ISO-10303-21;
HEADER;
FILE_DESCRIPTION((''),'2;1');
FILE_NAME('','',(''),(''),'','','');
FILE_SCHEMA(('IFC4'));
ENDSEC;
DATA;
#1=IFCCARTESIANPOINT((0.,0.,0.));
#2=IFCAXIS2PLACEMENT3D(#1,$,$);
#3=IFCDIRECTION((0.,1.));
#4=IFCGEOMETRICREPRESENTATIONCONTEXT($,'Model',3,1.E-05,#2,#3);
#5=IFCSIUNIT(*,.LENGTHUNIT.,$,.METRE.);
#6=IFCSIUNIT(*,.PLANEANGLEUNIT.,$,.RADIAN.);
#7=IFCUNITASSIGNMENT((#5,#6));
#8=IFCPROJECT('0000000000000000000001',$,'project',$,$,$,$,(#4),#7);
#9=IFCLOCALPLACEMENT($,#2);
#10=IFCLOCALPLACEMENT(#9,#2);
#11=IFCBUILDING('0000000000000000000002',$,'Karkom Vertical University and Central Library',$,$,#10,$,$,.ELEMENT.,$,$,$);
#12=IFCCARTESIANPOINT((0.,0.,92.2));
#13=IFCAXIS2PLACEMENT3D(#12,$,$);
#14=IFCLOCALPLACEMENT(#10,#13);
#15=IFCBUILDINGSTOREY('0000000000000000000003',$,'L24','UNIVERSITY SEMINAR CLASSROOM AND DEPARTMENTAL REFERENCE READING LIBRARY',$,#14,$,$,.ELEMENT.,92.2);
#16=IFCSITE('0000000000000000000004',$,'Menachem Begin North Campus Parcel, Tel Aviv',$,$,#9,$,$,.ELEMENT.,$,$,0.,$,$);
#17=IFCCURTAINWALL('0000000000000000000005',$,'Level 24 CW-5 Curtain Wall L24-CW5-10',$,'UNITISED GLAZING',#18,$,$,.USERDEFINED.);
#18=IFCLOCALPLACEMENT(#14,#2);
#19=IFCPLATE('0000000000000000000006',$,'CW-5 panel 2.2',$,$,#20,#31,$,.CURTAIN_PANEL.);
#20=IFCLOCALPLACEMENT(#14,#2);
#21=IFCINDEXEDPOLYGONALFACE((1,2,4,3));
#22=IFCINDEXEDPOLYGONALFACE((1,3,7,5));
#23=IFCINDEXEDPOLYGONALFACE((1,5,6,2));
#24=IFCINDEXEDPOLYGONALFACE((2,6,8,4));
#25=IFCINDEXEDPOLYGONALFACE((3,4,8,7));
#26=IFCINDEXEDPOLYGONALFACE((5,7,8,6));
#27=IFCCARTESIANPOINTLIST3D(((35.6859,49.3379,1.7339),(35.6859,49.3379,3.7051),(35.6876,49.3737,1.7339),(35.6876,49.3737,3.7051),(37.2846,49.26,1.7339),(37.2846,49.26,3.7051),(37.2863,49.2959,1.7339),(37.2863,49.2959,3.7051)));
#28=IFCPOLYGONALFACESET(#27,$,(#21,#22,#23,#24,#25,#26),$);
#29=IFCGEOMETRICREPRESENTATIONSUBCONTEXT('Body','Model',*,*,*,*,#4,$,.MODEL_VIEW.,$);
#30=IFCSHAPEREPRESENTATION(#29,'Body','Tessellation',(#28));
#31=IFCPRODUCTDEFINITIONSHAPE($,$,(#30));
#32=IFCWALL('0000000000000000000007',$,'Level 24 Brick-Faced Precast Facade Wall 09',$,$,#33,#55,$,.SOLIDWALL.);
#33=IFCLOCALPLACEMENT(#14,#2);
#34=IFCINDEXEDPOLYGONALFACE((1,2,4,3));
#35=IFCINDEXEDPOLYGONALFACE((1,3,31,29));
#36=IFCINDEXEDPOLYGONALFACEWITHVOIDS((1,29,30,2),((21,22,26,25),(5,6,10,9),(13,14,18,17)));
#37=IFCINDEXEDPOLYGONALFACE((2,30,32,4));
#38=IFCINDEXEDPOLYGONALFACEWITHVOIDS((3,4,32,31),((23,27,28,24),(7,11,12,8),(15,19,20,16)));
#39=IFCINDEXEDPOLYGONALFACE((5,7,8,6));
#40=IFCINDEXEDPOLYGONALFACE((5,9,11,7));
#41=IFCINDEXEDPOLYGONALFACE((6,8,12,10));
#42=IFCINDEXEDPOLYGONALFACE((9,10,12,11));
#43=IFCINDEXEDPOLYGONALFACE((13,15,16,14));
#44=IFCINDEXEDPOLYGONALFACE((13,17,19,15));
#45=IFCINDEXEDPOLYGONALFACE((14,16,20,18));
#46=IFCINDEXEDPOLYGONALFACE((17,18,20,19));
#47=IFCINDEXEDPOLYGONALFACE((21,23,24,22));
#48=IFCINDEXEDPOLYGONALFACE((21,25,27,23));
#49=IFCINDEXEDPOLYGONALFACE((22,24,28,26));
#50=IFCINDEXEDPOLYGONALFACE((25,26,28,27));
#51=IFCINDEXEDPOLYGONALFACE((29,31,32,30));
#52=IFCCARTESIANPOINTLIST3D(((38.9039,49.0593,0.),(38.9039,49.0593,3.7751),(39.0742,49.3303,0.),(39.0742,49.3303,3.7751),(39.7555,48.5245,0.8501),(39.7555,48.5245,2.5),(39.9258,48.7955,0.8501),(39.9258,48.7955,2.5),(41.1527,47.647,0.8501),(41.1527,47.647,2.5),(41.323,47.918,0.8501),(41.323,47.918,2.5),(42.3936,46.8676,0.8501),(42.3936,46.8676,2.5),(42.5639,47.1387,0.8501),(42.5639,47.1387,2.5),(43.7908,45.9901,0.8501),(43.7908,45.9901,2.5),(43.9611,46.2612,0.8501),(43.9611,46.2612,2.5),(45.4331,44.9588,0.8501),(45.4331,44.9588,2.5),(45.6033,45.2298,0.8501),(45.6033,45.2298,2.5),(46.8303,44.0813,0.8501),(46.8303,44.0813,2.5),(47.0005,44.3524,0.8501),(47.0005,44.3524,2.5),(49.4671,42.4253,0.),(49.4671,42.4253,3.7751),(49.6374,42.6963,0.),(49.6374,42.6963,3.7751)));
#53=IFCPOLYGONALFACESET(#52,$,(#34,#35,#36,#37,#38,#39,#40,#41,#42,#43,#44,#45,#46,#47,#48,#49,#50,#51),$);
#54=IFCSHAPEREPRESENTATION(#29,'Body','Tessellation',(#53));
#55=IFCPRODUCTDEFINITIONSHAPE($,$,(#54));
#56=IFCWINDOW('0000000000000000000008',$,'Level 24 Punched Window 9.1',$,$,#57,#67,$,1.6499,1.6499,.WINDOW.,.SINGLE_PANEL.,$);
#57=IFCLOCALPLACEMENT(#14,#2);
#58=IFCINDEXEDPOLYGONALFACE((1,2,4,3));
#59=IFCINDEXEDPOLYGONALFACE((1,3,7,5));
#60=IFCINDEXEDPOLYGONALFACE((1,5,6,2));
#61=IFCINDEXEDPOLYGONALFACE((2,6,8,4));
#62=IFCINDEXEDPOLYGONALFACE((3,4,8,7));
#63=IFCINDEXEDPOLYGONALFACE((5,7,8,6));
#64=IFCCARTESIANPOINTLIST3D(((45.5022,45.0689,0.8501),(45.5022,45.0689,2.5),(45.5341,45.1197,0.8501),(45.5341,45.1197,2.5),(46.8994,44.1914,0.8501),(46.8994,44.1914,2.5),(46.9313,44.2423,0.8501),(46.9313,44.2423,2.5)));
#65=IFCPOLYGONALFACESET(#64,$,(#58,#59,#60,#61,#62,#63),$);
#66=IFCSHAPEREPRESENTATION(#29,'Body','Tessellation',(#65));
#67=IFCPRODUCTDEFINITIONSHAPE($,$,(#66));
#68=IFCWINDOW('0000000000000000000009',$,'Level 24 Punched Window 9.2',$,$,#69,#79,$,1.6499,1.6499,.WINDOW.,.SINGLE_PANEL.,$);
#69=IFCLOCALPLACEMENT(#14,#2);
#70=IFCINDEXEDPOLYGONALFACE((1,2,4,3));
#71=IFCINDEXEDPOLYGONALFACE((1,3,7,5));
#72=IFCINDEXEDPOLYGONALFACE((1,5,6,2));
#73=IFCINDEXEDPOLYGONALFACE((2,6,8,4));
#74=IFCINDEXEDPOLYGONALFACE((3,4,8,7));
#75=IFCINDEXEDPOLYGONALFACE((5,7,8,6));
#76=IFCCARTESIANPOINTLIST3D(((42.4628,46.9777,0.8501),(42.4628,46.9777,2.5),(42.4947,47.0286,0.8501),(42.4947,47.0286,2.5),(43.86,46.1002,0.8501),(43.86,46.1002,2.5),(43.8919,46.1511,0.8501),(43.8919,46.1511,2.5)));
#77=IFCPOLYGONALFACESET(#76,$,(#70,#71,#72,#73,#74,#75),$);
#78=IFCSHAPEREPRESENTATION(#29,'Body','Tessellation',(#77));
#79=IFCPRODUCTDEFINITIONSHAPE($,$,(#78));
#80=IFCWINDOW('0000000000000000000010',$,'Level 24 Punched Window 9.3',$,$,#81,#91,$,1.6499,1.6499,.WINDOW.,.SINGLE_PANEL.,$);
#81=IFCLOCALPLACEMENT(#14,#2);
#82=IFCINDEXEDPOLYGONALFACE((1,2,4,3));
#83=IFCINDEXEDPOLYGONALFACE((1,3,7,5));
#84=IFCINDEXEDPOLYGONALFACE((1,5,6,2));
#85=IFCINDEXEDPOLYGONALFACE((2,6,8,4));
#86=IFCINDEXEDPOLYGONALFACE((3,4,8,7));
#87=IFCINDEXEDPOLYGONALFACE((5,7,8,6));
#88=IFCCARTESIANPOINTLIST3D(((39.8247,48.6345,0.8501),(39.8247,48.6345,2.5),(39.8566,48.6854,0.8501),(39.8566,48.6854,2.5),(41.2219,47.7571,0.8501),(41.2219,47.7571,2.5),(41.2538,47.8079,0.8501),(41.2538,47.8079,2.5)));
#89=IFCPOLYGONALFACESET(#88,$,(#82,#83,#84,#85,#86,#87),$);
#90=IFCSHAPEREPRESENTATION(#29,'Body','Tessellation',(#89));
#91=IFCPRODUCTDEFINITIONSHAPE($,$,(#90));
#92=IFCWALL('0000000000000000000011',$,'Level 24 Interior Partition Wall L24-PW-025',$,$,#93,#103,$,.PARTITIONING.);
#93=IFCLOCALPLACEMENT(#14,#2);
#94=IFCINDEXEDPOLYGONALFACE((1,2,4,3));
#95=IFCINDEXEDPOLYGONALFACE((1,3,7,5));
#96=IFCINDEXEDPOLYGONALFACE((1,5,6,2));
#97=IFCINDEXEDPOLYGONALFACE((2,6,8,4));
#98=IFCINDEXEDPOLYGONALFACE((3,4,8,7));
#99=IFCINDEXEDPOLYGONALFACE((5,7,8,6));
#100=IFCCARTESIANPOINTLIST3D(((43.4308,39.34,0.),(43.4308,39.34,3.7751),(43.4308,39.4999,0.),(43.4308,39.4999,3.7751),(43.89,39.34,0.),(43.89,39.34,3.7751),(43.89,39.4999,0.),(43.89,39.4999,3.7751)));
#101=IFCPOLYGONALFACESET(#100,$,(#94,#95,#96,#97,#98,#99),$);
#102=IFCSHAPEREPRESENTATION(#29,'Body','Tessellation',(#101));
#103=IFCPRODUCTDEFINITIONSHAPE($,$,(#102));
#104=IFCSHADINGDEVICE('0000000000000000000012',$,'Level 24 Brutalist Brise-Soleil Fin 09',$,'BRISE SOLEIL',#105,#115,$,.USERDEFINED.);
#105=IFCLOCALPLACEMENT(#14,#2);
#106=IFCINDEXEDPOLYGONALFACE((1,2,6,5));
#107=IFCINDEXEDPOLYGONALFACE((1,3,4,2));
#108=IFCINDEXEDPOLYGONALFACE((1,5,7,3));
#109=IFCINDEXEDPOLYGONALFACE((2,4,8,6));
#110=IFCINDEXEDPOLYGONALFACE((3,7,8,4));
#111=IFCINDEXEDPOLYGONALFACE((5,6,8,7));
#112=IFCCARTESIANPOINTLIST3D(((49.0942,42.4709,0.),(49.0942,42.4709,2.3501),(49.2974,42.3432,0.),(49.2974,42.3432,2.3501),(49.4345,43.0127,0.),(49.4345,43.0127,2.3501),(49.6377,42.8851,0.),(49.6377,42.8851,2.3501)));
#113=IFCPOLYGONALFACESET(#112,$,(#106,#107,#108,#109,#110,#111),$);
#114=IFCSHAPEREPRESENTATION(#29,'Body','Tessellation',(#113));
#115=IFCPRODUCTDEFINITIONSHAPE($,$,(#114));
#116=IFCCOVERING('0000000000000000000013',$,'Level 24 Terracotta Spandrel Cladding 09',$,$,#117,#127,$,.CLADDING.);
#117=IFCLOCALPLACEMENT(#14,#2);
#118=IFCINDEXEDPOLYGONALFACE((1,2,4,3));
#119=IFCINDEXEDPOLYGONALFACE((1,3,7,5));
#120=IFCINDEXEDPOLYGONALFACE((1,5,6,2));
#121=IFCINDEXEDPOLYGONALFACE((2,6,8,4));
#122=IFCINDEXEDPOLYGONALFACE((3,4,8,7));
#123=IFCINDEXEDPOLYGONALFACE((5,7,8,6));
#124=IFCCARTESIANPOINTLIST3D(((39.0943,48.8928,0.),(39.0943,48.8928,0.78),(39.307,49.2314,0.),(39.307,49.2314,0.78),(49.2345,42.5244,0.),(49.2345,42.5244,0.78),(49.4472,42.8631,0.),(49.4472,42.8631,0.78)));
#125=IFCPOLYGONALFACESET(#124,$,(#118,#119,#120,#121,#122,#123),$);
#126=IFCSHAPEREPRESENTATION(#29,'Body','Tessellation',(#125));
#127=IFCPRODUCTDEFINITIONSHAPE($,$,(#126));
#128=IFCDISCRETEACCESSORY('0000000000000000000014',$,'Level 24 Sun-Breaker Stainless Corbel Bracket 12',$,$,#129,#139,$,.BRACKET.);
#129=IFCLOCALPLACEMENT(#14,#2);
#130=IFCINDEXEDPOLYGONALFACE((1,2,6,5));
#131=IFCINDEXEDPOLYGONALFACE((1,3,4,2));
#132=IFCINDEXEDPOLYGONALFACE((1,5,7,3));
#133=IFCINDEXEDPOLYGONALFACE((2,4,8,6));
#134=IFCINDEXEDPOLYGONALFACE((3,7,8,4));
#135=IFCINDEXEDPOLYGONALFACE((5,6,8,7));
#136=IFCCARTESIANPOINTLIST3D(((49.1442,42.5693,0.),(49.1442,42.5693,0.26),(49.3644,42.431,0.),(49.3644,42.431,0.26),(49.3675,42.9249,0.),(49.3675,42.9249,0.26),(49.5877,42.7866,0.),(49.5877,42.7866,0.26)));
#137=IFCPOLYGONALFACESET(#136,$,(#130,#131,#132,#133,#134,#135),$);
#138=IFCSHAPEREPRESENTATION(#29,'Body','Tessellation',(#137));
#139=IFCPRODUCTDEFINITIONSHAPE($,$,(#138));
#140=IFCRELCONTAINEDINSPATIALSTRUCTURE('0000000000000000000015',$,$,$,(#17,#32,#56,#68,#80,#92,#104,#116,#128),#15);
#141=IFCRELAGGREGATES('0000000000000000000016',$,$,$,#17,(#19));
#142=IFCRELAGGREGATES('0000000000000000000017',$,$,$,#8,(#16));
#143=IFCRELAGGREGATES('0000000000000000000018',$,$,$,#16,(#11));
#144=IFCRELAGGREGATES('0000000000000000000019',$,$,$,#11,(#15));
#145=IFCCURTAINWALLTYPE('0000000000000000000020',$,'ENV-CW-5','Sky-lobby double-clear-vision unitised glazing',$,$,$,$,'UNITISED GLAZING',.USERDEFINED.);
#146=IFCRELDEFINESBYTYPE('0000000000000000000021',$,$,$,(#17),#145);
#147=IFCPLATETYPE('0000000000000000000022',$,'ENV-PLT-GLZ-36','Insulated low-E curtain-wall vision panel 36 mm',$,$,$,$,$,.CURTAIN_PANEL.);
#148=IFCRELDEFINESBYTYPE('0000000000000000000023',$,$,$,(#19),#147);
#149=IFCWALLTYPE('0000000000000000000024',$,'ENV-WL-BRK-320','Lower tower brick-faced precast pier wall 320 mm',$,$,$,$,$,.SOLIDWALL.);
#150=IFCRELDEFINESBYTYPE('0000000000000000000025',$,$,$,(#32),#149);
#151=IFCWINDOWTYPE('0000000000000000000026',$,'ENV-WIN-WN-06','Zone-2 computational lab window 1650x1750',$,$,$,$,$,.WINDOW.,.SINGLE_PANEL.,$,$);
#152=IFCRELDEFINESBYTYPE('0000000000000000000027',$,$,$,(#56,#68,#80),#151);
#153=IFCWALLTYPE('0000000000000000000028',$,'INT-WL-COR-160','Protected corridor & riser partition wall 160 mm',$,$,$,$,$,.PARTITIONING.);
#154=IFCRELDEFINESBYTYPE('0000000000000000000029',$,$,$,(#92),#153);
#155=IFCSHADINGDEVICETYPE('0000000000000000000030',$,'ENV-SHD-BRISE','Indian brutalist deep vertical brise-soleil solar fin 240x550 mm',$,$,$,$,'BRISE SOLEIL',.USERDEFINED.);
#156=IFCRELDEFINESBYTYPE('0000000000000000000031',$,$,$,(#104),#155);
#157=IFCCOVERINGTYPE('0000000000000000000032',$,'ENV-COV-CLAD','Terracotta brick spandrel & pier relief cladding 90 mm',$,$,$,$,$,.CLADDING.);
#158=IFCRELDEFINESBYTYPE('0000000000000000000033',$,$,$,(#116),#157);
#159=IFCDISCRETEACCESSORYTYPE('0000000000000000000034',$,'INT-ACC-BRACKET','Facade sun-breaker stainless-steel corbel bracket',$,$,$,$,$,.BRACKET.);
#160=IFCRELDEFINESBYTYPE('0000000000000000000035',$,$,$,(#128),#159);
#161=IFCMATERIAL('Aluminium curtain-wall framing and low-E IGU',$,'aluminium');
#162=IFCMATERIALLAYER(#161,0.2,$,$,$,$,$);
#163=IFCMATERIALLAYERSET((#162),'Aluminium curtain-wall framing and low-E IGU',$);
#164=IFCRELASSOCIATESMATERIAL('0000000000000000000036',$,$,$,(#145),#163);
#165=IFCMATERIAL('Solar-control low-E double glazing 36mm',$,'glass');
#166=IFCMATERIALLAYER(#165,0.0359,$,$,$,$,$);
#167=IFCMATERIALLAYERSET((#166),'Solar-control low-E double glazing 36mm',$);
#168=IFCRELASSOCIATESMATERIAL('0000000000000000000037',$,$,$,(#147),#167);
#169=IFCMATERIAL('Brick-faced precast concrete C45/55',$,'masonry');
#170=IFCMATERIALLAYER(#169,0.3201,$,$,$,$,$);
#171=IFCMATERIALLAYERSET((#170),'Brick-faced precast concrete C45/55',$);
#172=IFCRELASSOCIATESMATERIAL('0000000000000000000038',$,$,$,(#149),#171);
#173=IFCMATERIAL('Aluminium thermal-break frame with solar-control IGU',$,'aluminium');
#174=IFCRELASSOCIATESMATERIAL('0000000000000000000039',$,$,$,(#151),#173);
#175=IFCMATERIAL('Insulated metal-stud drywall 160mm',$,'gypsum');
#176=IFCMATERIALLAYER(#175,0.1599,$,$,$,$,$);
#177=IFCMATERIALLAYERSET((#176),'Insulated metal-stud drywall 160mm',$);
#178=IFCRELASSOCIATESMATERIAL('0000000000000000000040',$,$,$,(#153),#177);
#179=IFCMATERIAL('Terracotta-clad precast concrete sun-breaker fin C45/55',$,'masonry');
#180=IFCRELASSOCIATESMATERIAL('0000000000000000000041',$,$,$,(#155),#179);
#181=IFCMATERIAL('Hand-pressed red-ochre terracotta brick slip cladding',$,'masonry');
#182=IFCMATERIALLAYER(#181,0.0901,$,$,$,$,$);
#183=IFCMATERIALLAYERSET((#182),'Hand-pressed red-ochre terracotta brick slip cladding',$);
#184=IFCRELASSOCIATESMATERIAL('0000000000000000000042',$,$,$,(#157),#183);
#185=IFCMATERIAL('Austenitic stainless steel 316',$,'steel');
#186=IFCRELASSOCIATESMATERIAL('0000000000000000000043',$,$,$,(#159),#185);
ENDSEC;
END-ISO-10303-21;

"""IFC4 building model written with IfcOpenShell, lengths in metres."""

from ifc_helpers import new_model, si_unit, direction, frame, frame_2d, origin, origin_with_axes, origin_2d, place, context, subcontext, project, spatial, rectangle, extrude, source, transform, mapped, material, layer, layer_set, type_object, element, fill, aggregate, save


model = new_model("IFC4")

# Units and contexts
model_context = context("Model", 3, precision=1e-05, world=origin(), true_north=direction((0.0, 1.0)))
body_context = subcontext(model_context, "Body", "Model", "MODEL_VIEW")
ifc_project = project(units=[si_unit("LENGTHUNIT", "METRE"), si_unit("PLANEANGLEUNIT", "RADIAN")], contexts=[model_context])

# Site, building, storey
site_placement = place(None, origin())
site = spatial("IfcSite", under=ifc_project, at=site_placement, Name="Menachem Begin North Campus Parcel, Tel Aviv", CompositionType="ELEMENT", RefElevation=0.0)
building_placement = place(site_placement, origin())
building = spatial("IfcBuilding", under=site, at=building_placement, Name="Karkom Vertical University and Central Library", CompositionType="ELEMENT")
storey_placement = place(building_placement, frame((0.0, 0.0, 92.2)))
storey = spatial("IfcBuildingStorey", under=building, at=storey_placement, Name="L24", Description="UNIVERSITY SEMINAR CLASSROOM AND DEPARTMENTAL REFERENCE READING LIBRARY", CompositionType="ELEMENT", Elevation=92.2)

# Curtain wall, plate
ifc_material_1 = material(Name="Aluminium curtain-wall framing and low-E IGU", Category="aluminium")
ifc_layer_1 = layer(ifc_material_1, 0.2)
ifc_layer_set_1 = layer_set([ifc_layer_1], Name="Aluminium curtain-wall framing and low-E IGU")
curtain_wall_type = type_object("IfcCurtainWallType", Name="ENV-CW-5", Description="Sky-lobby double-clear-vision unitised glazing", ElementType="UNITISED GLAZING", PredefinedType="USERDEFINED", material=ifc_layer_set_1)
curtain_wall_placement = place(storey_placement, origin())
curtain_wall = element("IfcCurtainWall", 1, at=curtain_wall_placement, inside=storey, type_object=curtain_wall_type, Name="Level 24 CW-5 Curtain Wall L24-CW5-10", ObjectType="UNITISED GLAZING", PredefinedType="USERDEFINED")
ifc_material_2 = material(Name="Solar-control low-E double glazing 36mm", Category="glass")
ifc_layer_2 = layer(ifc_material_2, 0.0359)
ifc_layer_set_2 = layer_set([ifc_layer_2], Name="Solar-control low-E double glazing 36mm")
plate_type = type_object("IfcPlateType", Name="ENV-PLT-GLZ-36", Description="Insulated low-E curtain-wall vision panel 36 mm", PredefinedType="CURTAIN_PANEL", material=ifc_layer_set_2)
shared_shape_1 = source(origin_with_axes(), body_context, "Body", "SweptSolid", [
    extrude(rectangle(XDim=1.6006, YDim=0.0359, at=origin_2d()), origin(), (0.0, 0.0, 1.0), 1.9712),
])
plate_1_placement = place(storey_placement, frame((36.4861, 49.3169, 1.7339), z_axis=(0.0, 0.0, 1.0), x_axis=(-0.998817, 0.048636, 0.0)))
plate_1 = element("IfcPlate", 2, at=plate_1_placement, type_object=plate_type, Name="CW-5 panel 2.2", PredefinedType="CURTAIN_PANEL", context=body_context, shape_type="MappedRepresentation", body=[
    mapped(shared_shape_1, transform((0.0, 0.0, 0.0), scale=1.0)),
])
aggregate(curtain_wall, [plate_1])

# Wall, openings, windows
ifc_material_3 = material(Name="Brick-faced precast concrete C45/55", Category="masonry")
ifc_layer_3 = layer(ifc_material_3, 0.3201)
ifc_layer_set_3 = layer_set([ifc_layer_3], Name="Brick-faced precast concrete C45/55")
wall_type_1 = type_object("IfcWallType", Name="ENV-WL-BRK-320", Description="Lower tower brick-faced precast pier wall 320 mm", PredefinedType="SOLIDWALL", material=ifc_layer_set_3)
wall_1_placement = place(storey_placement, frame((49.5522, 42.5608, 0.0), z_axis=(0.0, 0.0, 1.0), x_axis=(-0.846843, 0.531843, 0.0)))
wall_1 = element("IfcWall", 3, at=wall_1_placement, inside=storey, type_object=wall_type_1, Name="Level 24 Brick-Faced Precast Facade Wall 09", PredefinedType="SOLIDWALL", context=body_context, shape_type="SweptSolid", body=[
    extrude(rectangle(XDim=12.4736, YDim=0.3201, at=frame_2d((6.2368, 0.0))), origin(), (0.0, 0.0, 1.0), 3.7751),
])
opening_1_placement = place(wall_1_placement, frame((3.1138, 0.0, 0.8501)))
opening_1 = element("IfcOpeningElement", 4, at=opening_1_placement, cuts=wall_1, PredefinedType="OPENING", context=body_context, shape_type="SweptSolid", body=[
    extrude(rectangle(XDim=1.6499, YDim=1.6499, at=frame_2d((0.825, 0.825))), frame((0.0, 0.1699, 0.0), z_axis=(0.0, -1.0, 0.0), x_axis=(1.0, 0.0, 0.0)), (0.0, 0.0, 1.0), 0.3401),
])
opening_2_placement = place(wall_1_placement, frame((6.7029, 0.0, 0.8501)))
opening_2 = element("IfcOpeningElement", 5, at=opening_2_placement, cuts=wall_1, PredefinedType="OPENING", context=body_context, shape_type="SweptSolid", body=[
    extrude(rectangle(XDim=1.6499, YDim=1.6499, at=frame_2d((0.825, 0.825))), frame((0.0, 0.1699, 0.0), z_axis=(0.0, -1.0, 0.0), x_axis=(1.0, 0.0, 0.0)), (0.0, 0.0, 1.0), 0.3401),
])
opening_3_placement = place(wall_1_placement, frame((9.8181, 0.0, 0.8501)))
opening_3 = element("IfcOpeningElement", 6, at=opening_3_placement, cuts=wall_1, PredefinedType="OPENING", context=body_context, shape_type="SweptSolid", body=[
    extrude(rectangle(XDim=1.6499, YDim=1.6499, at=frame_2d((0.825, 0.825))), frame((0.0, 0.1699, 0.0), z_axis=(0.0, -1.0, 0.0), x_axis=(1.0, 0.0, 0.0)), (0.0, 0.0, 1.0), 0.3401),
])
ifc_material_4 = material(Name="Aluminium thermal-break frame with solar-control IGU", Category="aluminium")
window_type = type_object("IfcWindowType", Name="ENV-WIN-WN-06", Description="Zone-2 computational lab window 1650x1750", PartitioningType="SINGLE_PANEL", PredefinedType="WINDOW", material=ifc_material_4)
shared_shape_2 = source(origin_with_axes(), body_context, "Body", "SweptSolid", [
    extrude(rectangle(XDim=1.6499, YDim=1.6499, at=frame_2d((0.825, 0.825))), frame((0.0, 0.03, 0.0), z_axis=(0.0, -1.0, 0.0), x_axis=(1.0, 0.0, 0.0)), (0.0, 0.0, 1.0), 0.0601),
])
window_1_placement = place(opening_1_placement, origin())
window_1 = element("IfcWindow", 7, at=window_1_placement, inside=storey, type_object=window_type, Name="Level 24 Punched Window 9.1", OverallHeight=1.6499, OverallWidth=1.6499, PartitioningType="SINGLE_PANEL", PredefinedType="WINDOW", context=body_context, shape_type="MappedRepresentation", body=[
    mapped(shared_shape_2, transform((0.0, 0.0, 0.0), scale=1.0)),
])
fill(opening_1, window_1)
window_2_placement = place(opening_2_placement, origin())
window_2 = element("IfcWindow", 8, at=window_2_placement, inside=storey, type_object=window_type, Name="Level 24 Punched Window 9.2", OverallHeight=1.6499, OverallWidth=1.6499, PartitioningType="SINGLE_PANEL", PredefinedType="WINDOW", context=body_context, shape_type="MappedRepresentation", body=[
    mapped(shared_shape_2, transform((0.0, 0.0, 0.0), scale=1.0)),
])
fill(opening_2, window_2)
window_3_placement = place(opening_3_placement, origin())
window_3 = element("IfcWindow", 9, at=window_3_placement, inside=storey, type_object=window_type, Name="Level 24 Punched Window 9.3", OverallHeight=1.6499, OverallWidth=1.6499, PartitioningType="SINGLE_PANEL", PredefinedType="WINDOW", context=body_context, shape_type="MappedRepresentation", body=[
    mapped(shared_shape_2, transform((0.0, 0.0, 0.0), scale=1.0)),
])
fill(opening_3, window_3)

# Wall
ifc_material_5 = material(Name="Insulated metal-stud drywall 160mm", Category="gypsum")
ifc_layer_4 = layer(ifc_material_5, 0.1599)
ifc_layer_set_4 = layer_set([ifc_layer_4], Name="Insulated metal-stud drywall 160mm")
wall_type_2 = type_object("IfcWallType", Name="INT-WL-COR-160", Description="Protected corridor & riser partition wall 160 mm", PredefinedType="PARTITIONING", material=ifc_layer_set_4)
wall_2_placement = place(storey_placement, frame((43.8899, 39.4199, 0.0), z_axis=(0.0, 0.0, 1.0), x_axis=(-1.0, 0.0, 0.0)))
element("IfcWall", 10, at=wall_2_placement, inside=storey, type_object=wall_type_2, Name="Level 24 Interior Partition Wall L24-PW-025", PredefinedType="PARTITIONING", context=body_context, shape_type="SweptSolid", body=[
    extrude(rectangle(XDim=0.4592, YDim=0.1599, at=frame_2d((0.2295, 0.0))), origin(), (0.0, 0.0, 1.0), 3.7751),
])

# Shading device
ifc_material_6 = material(Name="Terracotta-clad precast concrete sun-breaker fin C45/55", Category="masonry")
shading_device_type = type_object("IfcShadingDeviceType", Name="ENV-SHD-BRISE", Description="Indian brutalist deep vertical brise-soleil solar fin 240x550 mm", ElementType="BRISE SOLEIL", PredefinedType="USERDEFINED", material=ifc_material_6)
shared_shape_3 = source(origin_with_axes(), body_context, "Body", "SweptSolid", [
    extrude(rectangle(XDim=0.24, YDim=0.6399, at=origin_2d()), origin(), (0.0, 0.0, 1.0), 2.3501),
])
shading_device_placement = place(storey_placement, frame((49.366, 42.678, 0.0), z_axis=(0.0, 0.0, 1.0), x_axis=(-0.846844, 0.531842, 0.0)))
element("IfcShadingDevice", 11, at=shading_device_placement, inside=storey, type_object=shading_device_type, Name="Level 24 Brutalist Brise-Soleil Fin 09", ObjectType="BRISE SOLEIL", PredefinedType="USERDEFINED", context=body_context, shape_type="MappedRepresentation", body=[
    mapped(shared_shape_3, transform((0.0, 0.0, 0.0), scale=1.0)),
])

# Covering
ifc_material_7 = material(Name="Hand-pressed red-ochre terracotta brick slip cladding", Category="masonry")
ifc_layer_5 = layer(ifc_material_7, 0.0901)
ifc_layer_set_5 = layer_set([ifc_layer_5], Name="Hand-pressed red-ochre terracotta brick slip cladding")
covering_type = type_object("IfcCoveringType", Name="ENV-COV-CLAD", Description="Terracotta brick spandrel & pier relief cladding 90 mm", PredefinedType="CLADDING", material=ifc_layer_set_5)
shared_shape_4 = source(origin_with_axes(), body_context, "Body", "SweptSolid", [
    extrude(rectangle(XDim=11.9741, YDim=0.3999, at=origin_2d()), origin(), (0.0, 0.0, 1.0), 0.78),
])
covering_placement = place(storey_placement, frame((44.2708, 45.8779, 0.0), z_axis=(0.0, 0.0, 1.0), x_axis=(-0.846844, 0.531842, 0.0)))
element("IfcCovering", 12, at=covering_placement, inside=storey, type_object=covering_type, Name="Level 24 Terracotta Spandrel Cladding 09", PredefinedType="CLADDING", context=body_context, shape_type="MappedRepresentation", body=[
    mapped(shared_shape_4, transform((0.0, 0.0, 0.0), scale=1.0)),
])

# Discrete accessory
ifc_material_8 = material(Name="Austenitic stainless steel 316", Category="steel")
discrete_accessory_type = type_object("IfcDiscreteAccessoryType", Name="INT-ACC-BRACKET", Description="Facade sun-breaker stainless-steel corbel bracket", PredefinedType="BRACKET", material=ifc_material_8)
shared_shape_5 = source(origin_with_axes(), body_context, "Body", "SweptSolid", [
    extrude(rectangle(XDim=0.26, YDim=0.4199, at=origin_2d()), origin(), (0.0, 0.0, 1.0), 0.26),
])
discrete_accessory_placement = place(storey_placement, frame((49.366, 42.678, 0.0), z_axis=(0.0, 0.0, 1.0), x_axis=(-0.846844, 0.531842, 0.0)))
element("IfcDiscreteAccessory", 13, at=discrete_accessory_placement, inside=storey, type_object=discrete_accessory_type, Name="Level 24 Sun-Breaker Stainless Corbel Bracket 12", PredefinedType="BRACKET", context=body_context, shape_type="MappedRepresentation", body=[
    mapped(shared_shape_5, transform((0.0, 0.0, 0.0), scale=1.0)),
])

save(model, "model.ifc")
